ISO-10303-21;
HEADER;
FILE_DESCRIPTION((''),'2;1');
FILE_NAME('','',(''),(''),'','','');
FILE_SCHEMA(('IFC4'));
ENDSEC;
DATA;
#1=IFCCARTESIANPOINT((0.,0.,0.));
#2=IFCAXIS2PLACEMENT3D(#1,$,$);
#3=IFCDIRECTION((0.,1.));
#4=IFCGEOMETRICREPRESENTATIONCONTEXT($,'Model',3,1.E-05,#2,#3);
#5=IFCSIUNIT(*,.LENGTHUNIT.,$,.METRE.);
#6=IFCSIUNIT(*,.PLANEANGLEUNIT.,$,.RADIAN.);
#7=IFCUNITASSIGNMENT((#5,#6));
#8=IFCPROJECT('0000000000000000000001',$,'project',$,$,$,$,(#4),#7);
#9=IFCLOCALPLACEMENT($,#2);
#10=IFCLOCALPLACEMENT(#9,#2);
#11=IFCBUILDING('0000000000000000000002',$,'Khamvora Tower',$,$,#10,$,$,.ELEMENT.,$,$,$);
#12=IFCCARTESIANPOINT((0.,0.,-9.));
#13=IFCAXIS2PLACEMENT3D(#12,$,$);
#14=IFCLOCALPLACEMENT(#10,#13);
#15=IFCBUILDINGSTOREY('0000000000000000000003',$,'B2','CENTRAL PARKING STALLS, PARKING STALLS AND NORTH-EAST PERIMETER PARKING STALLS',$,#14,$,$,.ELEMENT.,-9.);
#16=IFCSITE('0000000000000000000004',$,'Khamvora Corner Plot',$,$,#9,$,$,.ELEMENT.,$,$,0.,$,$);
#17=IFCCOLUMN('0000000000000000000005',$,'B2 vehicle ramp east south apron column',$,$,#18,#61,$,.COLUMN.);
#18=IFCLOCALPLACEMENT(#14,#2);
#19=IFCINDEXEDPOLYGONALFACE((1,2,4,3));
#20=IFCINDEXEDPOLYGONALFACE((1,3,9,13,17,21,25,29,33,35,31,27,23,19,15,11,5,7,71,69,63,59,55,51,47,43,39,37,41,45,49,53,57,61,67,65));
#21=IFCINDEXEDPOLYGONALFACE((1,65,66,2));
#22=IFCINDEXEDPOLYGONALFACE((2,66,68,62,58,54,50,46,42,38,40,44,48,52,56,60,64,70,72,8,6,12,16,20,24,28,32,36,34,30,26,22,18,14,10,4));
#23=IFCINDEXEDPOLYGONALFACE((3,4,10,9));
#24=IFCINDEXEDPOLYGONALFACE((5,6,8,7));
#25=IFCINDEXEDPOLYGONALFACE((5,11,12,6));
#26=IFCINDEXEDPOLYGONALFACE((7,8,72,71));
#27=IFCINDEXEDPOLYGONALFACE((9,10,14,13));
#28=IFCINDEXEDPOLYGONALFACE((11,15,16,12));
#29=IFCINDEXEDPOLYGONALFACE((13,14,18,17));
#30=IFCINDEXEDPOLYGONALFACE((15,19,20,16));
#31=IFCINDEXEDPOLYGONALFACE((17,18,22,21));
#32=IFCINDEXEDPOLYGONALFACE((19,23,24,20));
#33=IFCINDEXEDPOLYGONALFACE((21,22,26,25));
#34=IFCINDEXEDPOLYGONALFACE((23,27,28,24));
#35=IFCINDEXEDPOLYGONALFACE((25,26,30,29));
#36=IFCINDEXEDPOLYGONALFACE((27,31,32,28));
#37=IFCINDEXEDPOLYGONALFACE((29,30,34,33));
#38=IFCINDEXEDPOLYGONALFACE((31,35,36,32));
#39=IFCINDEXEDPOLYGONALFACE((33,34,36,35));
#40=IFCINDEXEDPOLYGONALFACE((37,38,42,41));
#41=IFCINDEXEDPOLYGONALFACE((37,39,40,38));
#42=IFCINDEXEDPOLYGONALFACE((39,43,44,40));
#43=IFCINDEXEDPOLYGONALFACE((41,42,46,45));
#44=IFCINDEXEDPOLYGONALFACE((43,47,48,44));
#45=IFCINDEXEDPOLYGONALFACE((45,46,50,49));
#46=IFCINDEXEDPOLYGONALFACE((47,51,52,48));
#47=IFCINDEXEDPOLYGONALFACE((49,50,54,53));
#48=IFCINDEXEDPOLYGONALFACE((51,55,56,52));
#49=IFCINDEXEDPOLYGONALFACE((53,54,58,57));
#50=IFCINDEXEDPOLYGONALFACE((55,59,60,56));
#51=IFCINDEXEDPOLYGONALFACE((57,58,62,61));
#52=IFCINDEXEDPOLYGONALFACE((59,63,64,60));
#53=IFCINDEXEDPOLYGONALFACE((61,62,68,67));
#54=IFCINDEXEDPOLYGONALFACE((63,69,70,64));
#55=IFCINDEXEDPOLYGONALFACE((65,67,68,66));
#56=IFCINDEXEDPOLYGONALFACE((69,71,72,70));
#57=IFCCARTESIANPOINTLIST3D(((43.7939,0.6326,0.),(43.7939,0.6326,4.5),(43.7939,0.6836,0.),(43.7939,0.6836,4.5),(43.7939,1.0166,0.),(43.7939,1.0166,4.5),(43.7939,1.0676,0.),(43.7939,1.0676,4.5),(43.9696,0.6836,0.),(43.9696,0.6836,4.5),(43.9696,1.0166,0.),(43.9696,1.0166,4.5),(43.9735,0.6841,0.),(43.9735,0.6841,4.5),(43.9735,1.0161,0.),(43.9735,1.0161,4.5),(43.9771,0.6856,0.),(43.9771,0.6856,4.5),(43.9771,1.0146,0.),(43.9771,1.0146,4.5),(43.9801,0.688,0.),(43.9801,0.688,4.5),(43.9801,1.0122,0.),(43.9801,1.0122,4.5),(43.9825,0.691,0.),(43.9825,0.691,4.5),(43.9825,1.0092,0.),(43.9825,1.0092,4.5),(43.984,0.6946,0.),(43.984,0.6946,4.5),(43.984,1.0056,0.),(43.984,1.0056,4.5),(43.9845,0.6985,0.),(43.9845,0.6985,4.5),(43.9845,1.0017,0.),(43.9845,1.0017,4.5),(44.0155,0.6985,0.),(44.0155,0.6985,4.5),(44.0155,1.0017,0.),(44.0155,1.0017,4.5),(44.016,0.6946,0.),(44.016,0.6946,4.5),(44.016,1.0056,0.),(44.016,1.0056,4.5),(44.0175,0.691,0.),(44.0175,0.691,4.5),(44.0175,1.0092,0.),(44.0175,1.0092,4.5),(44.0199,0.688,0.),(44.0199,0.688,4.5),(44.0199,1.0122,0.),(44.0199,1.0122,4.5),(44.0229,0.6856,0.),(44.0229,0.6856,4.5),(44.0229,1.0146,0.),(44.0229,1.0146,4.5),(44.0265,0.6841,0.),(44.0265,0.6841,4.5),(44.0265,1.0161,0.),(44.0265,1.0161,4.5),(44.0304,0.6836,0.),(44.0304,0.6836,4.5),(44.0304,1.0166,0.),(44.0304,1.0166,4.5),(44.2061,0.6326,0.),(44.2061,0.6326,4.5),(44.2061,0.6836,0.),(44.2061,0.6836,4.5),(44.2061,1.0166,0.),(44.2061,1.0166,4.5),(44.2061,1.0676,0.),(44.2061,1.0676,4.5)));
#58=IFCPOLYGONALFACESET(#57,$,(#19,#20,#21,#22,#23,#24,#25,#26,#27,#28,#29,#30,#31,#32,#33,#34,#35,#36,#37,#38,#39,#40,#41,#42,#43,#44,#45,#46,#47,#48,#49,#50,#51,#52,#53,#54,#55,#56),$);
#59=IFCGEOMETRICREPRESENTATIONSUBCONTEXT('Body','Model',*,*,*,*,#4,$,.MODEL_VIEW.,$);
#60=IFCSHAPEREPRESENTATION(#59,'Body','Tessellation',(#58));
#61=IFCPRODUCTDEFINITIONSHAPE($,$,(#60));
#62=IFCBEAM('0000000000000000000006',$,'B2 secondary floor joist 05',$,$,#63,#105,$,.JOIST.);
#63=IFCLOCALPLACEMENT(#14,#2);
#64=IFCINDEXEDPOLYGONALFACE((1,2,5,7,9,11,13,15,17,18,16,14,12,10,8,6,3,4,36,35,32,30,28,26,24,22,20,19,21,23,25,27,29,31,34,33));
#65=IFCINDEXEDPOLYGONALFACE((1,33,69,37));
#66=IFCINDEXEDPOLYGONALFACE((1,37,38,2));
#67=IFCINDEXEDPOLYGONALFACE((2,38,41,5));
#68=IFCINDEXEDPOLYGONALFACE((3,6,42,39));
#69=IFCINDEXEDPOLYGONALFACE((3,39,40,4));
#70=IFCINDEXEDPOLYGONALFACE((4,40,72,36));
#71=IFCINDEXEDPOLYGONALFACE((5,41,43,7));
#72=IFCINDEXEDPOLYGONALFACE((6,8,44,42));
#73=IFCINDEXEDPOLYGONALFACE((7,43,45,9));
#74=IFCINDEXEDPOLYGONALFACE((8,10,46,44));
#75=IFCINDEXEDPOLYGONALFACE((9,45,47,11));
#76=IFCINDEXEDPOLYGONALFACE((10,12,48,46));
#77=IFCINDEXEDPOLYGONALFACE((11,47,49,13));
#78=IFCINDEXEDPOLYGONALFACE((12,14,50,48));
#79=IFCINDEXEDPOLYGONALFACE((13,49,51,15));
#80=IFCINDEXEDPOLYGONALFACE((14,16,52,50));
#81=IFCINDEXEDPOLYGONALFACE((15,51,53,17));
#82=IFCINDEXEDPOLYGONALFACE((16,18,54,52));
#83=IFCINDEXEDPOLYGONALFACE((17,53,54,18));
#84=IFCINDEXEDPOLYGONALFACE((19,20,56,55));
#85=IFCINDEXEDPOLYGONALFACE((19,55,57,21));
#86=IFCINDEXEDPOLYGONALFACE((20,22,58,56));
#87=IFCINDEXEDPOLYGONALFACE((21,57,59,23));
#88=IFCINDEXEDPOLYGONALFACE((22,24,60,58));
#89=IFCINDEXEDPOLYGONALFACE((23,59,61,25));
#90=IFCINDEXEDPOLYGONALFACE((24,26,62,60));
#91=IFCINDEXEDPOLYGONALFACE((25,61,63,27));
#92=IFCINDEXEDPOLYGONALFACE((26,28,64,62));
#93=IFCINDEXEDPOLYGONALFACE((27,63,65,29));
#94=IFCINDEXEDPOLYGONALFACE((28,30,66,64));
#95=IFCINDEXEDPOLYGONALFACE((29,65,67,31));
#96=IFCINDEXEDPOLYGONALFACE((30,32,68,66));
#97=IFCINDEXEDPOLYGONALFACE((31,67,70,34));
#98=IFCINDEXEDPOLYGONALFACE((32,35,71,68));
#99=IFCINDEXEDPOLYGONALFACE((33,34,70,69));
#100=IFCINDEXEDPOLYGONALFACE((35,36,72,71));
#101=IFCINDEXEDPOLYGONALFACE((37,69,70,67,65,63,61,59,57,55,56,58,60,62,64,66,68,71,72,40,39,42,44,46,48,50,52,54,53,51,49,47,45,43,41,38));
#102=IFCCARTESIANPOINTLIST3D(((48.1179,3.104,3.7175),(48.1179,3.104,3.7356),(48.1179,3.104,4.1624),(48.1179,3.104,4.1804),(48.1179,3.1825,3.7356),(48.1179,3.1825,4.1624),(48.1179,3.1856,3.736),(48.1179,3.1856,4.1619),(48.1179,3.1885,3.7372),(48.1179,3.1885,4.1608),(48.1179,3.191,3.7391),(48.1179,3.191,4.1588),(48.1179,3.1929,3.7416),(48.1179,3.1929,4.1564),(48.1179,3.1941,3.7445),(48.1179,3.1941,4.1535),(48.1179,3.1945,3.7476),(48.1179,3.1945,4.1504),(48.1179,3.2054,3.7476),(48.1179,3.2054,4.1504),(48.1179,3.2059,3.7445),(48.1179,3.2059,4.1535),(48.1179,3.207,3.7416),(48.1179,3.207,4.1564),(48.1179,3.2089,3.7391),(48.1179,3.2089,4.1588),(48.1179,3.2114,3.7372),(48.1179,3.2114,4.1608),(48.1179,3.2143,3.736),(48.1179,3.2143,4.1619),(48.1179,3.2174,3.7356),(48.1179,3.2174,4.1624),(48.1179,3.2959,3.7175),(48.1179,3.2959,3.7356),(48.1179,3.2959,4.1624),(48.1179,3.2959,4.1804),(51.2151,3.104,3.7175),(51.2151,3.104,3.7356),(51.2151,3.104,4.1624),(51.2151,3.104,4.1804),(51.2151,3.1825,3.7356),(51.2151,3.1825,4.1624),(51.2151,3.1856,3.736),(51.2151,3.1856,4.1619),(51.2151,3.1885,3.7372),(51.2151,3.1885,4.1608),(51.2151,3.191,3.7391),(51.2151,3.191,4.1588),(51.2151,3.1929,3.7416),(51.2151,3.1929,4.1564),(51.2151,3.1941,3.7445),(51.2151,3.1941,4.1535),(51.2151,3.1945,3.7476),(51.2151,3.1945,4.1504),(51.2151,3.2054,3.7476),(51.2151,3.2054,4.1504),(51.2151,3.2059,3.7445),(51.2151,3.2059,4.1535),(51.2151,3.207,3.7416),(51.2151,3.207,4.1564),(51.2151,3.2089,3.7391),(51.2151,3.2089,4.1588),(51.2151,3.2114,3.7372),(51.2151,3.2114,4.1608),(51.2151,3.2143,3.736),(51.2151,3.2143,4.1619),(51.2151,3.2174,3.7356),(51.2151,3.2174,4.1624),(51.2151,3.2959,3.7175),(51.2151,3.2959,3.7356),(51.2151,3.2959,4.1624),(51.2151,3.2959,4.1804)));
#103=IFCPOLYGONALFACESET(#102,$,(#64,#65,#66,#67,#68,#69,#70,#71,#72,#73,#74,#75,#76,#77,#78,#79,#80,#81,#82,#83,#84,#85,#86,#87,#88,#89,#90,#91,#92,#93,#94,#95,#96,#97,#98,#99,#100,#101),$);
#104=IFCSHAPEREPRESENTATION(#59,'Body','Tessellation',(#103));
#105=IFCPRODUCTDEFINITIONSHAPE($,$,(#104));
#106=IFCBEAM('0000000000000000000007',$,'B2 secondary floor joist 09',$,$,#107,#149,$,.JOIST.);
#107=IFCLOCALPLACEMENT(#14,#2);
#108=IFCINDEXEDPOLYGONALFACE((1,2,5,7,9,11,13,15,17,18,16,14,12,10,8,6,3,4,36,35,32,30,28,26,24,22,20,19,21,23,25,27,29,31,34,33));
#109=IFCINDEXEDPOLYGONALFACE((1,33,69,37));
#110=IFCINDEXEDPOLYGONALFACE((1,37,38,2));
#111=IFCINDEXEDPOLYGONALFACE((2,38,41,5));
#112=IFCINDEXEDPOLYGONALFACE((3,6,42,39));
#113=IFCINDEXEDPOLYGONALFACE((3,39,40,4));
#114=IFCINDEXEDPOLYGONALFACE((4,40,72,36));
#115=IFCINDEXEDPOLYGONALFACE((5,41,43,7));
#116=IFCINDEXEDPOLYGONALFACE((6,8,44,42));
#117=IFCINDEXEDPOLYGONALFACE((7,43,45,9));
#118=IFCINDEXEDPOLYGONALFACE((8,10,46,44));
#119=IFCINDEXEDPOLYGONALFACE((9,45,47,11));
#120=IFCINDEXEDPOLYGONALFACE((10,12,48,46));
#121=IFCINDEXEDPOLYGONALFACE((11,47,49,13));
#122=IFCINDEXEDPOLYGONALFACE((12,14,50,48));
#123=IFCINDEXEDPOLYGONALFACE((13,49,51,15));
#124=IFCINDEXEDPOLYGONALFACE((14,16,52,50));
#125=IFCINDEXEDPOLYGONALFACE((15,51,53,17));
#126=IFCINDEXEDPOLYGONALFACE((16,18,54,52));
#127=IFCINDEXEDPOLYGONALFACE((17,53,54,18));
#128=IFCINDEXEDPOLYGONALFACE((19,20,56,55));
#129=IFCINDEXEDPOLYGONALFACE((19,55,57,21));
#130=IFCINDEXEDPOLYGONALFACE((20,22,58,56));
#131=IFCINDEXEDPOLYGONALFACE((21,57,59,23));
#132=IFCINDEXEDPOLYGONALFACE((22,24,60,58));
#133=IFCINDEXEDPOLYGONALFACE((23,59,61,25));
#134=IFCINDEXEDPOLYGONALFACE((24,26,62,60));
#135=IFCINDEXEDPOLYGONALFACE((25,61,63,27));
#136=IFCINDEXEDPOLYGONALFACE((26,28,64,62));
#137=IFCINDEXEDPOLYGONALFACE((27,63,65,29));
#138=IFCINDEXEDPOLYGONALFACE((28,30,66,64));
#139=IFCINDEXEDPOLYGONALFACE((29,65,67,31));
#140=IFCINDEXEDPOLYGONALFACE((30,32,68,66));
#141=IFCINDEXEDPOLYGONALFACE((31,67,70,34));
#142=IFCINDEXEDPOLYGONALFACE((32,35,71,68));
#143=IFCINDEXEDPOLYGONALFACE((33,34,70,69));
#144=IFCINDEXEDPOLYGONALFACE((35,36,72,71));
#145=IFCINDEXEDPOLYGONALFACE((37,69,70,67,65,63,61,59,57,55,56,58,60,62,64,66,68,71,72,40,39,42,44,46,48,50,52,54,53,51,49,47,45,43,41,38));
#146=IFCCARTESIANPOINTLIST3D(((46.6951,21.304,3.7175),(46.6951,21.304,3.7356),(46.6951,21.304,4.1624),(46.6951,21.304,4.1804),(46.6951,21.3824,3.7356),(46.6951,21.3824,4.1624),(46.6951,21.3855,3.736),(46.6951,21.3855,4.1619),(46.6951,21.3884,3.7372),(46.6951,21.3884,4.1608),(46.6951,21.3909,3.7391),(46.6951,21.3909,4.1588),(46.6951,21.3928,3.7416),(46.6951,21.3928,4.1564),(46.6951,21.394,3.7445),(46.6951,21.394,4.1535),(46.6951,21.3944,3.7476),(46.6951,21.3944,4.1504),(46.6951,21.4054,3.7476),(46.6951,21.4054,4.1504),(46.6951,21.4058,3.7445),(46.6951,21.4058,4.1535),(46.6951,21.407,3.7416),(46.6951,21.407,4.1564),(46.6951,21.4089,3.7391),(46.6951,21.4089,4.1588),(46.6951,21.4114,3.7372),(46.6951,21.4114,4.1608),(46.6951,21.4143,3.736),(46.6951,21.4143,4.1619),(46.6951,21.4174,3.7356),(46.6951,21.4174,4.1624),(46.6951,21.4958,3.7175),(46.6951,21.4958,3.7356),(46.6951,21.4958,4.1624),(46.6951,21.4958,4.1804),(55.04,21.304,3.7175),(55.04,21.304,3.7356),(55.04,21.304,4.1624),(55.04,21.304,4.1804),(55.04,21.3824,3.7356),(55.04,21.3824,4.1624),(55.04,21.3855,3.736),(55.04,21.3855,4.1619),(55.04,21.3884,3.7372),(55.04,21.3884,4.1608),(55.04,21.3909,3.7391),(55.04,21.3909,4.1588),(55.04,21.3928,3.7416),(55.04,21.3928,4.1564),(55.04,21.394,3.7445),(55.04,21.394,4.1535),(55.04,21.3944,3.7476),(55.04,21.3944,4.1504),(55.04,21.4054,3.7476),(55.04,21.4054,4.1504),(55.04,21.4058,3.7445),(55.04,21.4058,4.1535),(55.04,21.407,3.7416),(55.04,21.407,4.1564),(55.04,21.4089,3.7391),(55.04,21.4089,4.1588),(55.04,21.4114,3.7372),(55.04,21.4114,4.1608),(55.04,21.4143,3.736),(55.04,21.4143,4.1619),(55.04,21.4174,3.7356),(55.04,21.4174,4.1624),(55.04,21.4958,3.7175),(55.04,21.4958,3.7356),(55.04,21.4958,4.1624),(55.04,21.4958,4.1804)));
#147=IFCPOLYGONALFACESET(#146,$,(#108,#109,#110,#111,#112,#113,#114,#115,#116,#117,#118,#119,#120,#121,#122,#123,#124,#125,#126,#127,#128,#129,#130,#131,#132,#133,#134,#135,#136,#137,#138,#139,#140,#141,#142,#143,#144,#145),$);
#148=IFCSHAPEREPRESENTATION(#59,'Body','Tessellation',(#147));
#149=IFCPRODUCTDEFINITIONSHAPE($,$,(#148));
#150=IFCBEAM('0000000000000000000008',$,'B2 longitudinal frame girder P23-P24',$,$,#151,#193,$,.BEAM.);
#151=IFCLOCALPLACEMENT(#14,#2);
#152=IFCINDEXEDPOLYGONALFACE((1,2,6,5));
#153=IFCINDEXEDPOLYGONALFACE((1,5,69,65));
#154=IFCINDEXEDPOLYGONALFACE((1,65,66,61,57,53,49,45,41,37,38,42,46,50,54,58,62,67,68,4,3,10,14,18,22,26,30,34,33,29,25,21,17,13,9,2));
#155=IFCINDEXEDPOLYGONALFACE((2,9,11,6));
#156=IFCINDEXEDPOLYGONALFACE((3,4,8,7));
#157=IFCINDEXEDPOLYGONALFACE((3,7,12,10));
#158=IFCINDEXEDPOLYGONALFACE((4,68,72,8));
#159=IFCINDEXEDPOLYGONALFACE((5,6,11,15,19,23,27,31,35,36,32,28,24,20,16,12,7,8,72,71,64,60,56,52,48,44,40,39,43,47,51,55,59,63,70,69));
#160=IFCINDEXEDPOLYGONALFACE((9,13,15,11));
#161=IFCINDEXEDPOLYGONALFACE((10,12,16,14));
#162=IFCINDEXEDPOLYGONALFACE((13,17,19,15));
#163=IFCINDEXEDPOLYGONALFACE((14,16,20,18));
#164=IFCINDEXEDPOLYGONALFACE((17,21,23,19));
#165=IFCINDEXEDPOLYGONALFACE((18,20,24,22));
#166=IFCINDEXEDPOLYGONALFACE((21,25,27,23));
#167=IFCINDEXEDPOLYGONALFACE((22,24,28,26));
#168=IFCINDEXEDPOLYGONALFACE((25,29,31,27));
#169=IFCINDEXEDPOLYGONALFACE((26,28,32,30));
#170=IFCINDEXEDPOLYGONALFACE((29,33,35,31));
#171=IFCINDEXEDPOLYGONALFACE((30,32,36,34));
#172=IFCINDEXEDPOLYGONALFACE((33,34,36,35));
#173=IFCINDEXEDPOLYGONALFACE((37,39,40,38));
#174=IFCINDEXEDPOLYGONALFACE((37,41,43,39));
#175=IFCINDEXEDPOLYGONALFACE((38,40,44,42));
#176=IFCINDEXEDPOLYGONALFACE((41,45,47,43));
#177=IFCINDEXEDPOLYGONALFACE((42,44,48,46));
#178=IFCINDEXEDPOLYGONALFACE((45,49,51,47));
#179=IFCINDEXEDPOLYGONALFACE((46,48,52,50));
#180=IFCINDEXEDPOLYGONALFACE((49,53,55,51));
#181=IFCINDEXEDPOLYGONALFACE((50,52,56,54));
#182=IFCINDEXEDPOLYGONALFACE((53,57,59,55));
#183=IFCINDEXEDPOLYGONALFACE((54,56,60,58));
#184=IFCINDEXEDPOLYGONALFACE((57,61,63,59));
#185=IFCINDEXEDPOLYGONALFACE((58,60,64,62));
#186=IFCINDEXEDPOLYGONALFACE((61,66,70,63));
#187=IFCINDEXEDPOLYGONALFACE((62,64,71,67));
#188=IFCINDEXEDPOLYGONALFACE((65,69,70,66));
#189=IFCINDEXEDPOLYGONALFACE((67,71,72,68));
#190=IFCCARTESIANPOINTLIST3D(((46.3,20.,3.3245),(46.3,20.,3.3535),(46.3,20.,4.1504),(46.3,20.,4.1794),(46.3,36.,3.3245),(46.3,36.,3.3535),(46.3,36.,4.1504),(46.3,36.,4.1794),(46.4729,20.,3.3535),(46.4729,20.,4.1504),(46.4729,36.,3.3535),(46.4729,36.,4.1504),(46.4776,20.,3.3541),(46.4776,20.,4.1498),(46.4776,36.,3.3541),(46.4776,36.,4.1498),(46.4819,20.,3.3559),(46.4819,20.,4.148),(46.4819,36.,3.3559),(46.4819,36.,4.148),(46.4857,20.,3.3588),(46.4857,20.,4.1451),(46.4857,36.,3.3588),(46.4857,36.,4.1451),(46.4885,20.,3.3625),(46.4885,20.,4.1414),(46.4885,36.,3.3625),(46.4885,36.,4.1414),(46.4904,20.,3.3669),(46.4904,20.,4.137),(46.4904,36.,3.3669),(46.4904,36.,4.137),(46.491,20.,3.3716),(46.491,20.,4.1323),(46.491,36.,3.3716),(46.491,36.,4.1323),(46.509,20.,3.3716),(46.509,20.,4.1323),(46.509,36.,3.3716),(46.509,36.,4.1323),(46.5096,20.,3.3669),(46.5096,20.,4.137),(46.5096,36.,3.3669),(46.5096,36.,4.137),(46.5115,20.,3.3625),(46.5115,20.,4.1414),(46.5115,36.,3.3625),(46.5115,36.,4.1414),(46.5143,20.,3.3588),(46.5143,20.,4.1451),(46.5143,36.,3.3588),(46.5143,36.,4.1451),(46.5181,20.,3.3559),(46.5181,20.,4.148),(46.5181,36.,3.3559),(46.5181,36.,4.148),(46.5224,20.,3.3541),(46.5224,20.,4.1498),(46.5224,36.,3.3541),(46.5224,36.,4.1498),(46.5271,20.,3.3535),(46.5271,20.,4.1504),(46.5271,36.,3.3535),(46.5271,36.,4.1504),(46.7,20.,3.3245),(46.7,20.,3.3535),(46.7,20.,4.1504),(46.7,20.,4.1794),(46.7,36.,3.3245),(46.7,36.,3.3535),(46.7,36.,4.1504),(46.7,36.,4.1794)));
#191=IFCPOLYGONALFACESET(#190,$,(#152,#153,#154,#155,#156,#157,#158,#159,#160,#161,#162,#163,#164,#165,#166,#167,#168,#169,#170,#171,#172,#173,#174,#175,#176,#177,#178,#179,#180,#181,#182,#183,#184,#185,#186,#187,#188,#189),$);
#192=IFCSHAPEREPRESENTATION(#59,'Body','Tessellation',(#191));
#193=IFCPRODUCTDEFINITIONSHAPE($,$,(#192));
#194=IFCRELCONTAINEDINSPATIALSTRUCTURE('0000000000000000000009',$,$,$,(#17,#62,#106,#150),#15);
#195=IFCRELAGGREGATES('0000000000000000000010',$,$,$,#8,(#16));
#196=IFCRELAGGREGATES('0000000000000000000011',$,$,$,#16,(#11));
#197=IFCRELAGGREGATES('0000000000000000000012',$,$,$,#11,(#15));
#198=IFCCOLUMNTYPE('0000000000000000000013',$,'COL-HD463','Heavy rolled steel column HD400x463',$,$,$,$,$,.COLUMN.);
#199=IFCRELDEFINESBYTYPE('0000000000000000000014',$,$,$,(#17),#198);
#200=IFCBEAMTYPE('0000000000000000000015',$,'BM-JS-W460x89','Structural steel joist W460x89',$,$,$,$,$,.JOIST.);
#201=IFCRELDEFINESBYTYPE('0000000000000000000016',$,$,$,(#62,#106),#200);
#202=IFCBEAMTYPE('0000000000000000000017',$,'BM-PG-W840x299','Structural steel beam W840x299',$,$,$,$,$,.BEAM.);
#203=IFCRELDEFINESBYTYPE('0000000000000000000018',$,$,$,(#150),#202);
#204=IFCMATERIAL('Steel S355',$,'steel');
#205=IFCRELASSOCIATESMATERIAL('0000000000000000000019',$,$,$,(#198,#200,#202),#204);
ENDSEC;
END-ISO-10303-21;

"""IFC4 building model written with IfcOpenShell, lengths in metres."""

from ifc_helpers import new_model, si_unit, direction, frame, origin, origin_2d, place, context, subcontext, project, spatial, i_section, extrude, material, material_profile, profile_set, type_object, element, save


model = new_model("IFC4")

# Units and contexts
model_context = context("Model", 3, precision=1e-05, world=origin(), true_north=direction((0.0, 1.0)))
body_context = subcontext(model_context, "Body", "Model", "MODEL_VIEW")
ifc_project = project(units=[si_unit("LENGTHUNIT", "METRE"), si_unit("PLANEANGLEUNIT", "RADIAN")], contexts=[model_context])

# Site, building, storey
site_placement = place(None, origin())
site = spatial("IfcSite", under=ifc_project, at=site_placement, Name="Khamvora Corner Plot", CompositionType="ELEMENT", RefElevation=0.0)
building_placement = place(site_placement, origin())
building = spatial("IfcBuilding", under=site, at=building_placement, Name="Khamvora Tower", CompositionType="ELEMENT")
storey_placement = place(building_placement, frame((0.0, 0.0, -9.0)))
storey = spatial("IfcBuildingStorey", under=building, at=storey_placement, Name="B2", Description="CENTRAL PARKING STALLS, PARKING STALLS AND NORTH-EAST PERIMETER PARKING STALLS", CompositionType="ELEMENT", Elevation=-9.0)

# Column
ifc_material_1 = material(Name="Steel S355", Category="steel")
ifc_material_profile_1 = material_profile(ifc_material_1, i_section(OverallWidth=0.4121, OverallDepth=0.4351, WebThickness=0.031, FlangeThickness=0.051, FilletRadius=0.0149, at=origin_2d()), Name="HD400x463")
ifc_profile_set_1 = profile_set([ifc_material_profile_1], Name="Steel S355")
column_type_1 = type_object("IfcColumnType", Name="COL-HD463", Description="Heavy rolled steel column HD400x463", PredefinedType="COLUMN", material=ifc_profile_set_1)
column_1_placement = place(storey_placement, frame((44.0, 0.8501, 0.0), z_axis=(0.0, 0.0, 1.0), x_axis=(1.0, 0.0, 0.0)))
element("IfcColumn", 1, at=column_1_placement, inside=storey, type_object=column_type_1, Name="B2 vehicle ramp east south apron column", PredefinedType="COLUMN", context=body_context, shape_type="SweptSolid", body=[
    extrude(i_section(OverallWidth=0.4121, OverallDepth=0.4351, WebThickness=0.031, FlangeThickness=0.051, FilletRadius=0.0149, at=origin_2d()), origin(), (0.0, 0.0, 1.0), 4.5),
])

# Beams
ifc_material_profile_2 = material_profile(ifc_material_1, i_section(OverallWidth=0.1919, OverallDepth=0.4629, WebThickness=0.011, FlangeThickness=0.0181, FilletRadius=0.012, at=origin_2d()), Name="W460x89")
ifc_profile_set_2 = profile_set([ifc_material_profile_2], Name="Steel S355")
beam_type_1 = type_object("IfcBeamType", Name="BM-JS-W460x89", Description="Structural steel joist W460x89", PredefinedType="JOIST", material=ifc_profile_set_2)
beam_1_placement = place(storey_placement, frame((48.1179, 3.2, 3.949), z_axis=(1.0, 0.0, 0.0), x_axis=(0.0, 1.0, 0.0)))
element("IfcBeam", 2, at=beam_1_placement, inside=storey, type_object=beam_type_1, Name="B2 secondary floor joist 05", PredefinedType="JOIST", context=body_context, shape_type="SweptSolid", body=[
    extrude(i_section(OverallWidth=0.1919, OverallDepth=0.4629, WebThickness=0.011, FlangeThickness=0.0181, FilletRadius=0.012, at=origin_2d()), origin(), (0.0, 0.0, 1.0), 3.0972),
])
beam_2_placement = place(storey_placement, frame((46.6951, 21.3999, 3.949), z_axis=(1.0, 0.0, 0.0), x_axis=(0.0, 1.0, 0.0)))
element("IfcBeam", 3, at=beam_2_placement, inside=storey, type_object=beam_type_1, Name="B2 secondary floor joist 09", PredefinedType="JOIST", context=body_context, shape_type="SweptSolid", body=[
    extrude(i_section(OverallWidth=0.1919, OverallDepth=0.4629, WebThickness=0.011, FlangeThickness=0.0181, FilletRadius=0.012, at=origin_2d()), origin(), (0.0, 0.0, 1.0), 8.345),
])
ifc_material_profile_3 = material_profile(ifc_material_1, i_section(OverallWidth=0.3999, OverallDepth=0.855, WebThickness=0.0181, FlangeThickness=0.0291, FilletRadius=0.0181, at=origin_2d()), Name="W840x299")
ifc_profile_set_3 = profile_set([ifc_material_profile_3], Name="Steel S355")
beam_type_2 = type_object("IfcBeamType", Name="BM-PG-W840x299", Description="Structural steel beam W840x299", PredefinedType="BEAM", material=ifc_profile_set_3)
beam_3_placement = place(storey_placement, frame((46.5, 20.0, 3.752), z_axis=(0.0, 1.0, 0.0), x_axis=(-1.0, 0.0, 0.0)))
element("IfcBeam", 4, at=beam_3_placement, inside=storey, type_object=beam_type_2, Name="B2 longitudinal frame girder P23-P24", PredefinedType="BEAM", context=body_context, shape_type="SweptSolid", body=[
    extrude(i_section(OverallWidth=0.3999, OverallDepth=0.855, WebThickness=0.0181, FlangeThickness=0.0291, FilletRadius=0.0181, at=origin_2d()), origin(), (0.0, 0.0, 1.0), 16.0),
])

save(model, "model.ifc")
